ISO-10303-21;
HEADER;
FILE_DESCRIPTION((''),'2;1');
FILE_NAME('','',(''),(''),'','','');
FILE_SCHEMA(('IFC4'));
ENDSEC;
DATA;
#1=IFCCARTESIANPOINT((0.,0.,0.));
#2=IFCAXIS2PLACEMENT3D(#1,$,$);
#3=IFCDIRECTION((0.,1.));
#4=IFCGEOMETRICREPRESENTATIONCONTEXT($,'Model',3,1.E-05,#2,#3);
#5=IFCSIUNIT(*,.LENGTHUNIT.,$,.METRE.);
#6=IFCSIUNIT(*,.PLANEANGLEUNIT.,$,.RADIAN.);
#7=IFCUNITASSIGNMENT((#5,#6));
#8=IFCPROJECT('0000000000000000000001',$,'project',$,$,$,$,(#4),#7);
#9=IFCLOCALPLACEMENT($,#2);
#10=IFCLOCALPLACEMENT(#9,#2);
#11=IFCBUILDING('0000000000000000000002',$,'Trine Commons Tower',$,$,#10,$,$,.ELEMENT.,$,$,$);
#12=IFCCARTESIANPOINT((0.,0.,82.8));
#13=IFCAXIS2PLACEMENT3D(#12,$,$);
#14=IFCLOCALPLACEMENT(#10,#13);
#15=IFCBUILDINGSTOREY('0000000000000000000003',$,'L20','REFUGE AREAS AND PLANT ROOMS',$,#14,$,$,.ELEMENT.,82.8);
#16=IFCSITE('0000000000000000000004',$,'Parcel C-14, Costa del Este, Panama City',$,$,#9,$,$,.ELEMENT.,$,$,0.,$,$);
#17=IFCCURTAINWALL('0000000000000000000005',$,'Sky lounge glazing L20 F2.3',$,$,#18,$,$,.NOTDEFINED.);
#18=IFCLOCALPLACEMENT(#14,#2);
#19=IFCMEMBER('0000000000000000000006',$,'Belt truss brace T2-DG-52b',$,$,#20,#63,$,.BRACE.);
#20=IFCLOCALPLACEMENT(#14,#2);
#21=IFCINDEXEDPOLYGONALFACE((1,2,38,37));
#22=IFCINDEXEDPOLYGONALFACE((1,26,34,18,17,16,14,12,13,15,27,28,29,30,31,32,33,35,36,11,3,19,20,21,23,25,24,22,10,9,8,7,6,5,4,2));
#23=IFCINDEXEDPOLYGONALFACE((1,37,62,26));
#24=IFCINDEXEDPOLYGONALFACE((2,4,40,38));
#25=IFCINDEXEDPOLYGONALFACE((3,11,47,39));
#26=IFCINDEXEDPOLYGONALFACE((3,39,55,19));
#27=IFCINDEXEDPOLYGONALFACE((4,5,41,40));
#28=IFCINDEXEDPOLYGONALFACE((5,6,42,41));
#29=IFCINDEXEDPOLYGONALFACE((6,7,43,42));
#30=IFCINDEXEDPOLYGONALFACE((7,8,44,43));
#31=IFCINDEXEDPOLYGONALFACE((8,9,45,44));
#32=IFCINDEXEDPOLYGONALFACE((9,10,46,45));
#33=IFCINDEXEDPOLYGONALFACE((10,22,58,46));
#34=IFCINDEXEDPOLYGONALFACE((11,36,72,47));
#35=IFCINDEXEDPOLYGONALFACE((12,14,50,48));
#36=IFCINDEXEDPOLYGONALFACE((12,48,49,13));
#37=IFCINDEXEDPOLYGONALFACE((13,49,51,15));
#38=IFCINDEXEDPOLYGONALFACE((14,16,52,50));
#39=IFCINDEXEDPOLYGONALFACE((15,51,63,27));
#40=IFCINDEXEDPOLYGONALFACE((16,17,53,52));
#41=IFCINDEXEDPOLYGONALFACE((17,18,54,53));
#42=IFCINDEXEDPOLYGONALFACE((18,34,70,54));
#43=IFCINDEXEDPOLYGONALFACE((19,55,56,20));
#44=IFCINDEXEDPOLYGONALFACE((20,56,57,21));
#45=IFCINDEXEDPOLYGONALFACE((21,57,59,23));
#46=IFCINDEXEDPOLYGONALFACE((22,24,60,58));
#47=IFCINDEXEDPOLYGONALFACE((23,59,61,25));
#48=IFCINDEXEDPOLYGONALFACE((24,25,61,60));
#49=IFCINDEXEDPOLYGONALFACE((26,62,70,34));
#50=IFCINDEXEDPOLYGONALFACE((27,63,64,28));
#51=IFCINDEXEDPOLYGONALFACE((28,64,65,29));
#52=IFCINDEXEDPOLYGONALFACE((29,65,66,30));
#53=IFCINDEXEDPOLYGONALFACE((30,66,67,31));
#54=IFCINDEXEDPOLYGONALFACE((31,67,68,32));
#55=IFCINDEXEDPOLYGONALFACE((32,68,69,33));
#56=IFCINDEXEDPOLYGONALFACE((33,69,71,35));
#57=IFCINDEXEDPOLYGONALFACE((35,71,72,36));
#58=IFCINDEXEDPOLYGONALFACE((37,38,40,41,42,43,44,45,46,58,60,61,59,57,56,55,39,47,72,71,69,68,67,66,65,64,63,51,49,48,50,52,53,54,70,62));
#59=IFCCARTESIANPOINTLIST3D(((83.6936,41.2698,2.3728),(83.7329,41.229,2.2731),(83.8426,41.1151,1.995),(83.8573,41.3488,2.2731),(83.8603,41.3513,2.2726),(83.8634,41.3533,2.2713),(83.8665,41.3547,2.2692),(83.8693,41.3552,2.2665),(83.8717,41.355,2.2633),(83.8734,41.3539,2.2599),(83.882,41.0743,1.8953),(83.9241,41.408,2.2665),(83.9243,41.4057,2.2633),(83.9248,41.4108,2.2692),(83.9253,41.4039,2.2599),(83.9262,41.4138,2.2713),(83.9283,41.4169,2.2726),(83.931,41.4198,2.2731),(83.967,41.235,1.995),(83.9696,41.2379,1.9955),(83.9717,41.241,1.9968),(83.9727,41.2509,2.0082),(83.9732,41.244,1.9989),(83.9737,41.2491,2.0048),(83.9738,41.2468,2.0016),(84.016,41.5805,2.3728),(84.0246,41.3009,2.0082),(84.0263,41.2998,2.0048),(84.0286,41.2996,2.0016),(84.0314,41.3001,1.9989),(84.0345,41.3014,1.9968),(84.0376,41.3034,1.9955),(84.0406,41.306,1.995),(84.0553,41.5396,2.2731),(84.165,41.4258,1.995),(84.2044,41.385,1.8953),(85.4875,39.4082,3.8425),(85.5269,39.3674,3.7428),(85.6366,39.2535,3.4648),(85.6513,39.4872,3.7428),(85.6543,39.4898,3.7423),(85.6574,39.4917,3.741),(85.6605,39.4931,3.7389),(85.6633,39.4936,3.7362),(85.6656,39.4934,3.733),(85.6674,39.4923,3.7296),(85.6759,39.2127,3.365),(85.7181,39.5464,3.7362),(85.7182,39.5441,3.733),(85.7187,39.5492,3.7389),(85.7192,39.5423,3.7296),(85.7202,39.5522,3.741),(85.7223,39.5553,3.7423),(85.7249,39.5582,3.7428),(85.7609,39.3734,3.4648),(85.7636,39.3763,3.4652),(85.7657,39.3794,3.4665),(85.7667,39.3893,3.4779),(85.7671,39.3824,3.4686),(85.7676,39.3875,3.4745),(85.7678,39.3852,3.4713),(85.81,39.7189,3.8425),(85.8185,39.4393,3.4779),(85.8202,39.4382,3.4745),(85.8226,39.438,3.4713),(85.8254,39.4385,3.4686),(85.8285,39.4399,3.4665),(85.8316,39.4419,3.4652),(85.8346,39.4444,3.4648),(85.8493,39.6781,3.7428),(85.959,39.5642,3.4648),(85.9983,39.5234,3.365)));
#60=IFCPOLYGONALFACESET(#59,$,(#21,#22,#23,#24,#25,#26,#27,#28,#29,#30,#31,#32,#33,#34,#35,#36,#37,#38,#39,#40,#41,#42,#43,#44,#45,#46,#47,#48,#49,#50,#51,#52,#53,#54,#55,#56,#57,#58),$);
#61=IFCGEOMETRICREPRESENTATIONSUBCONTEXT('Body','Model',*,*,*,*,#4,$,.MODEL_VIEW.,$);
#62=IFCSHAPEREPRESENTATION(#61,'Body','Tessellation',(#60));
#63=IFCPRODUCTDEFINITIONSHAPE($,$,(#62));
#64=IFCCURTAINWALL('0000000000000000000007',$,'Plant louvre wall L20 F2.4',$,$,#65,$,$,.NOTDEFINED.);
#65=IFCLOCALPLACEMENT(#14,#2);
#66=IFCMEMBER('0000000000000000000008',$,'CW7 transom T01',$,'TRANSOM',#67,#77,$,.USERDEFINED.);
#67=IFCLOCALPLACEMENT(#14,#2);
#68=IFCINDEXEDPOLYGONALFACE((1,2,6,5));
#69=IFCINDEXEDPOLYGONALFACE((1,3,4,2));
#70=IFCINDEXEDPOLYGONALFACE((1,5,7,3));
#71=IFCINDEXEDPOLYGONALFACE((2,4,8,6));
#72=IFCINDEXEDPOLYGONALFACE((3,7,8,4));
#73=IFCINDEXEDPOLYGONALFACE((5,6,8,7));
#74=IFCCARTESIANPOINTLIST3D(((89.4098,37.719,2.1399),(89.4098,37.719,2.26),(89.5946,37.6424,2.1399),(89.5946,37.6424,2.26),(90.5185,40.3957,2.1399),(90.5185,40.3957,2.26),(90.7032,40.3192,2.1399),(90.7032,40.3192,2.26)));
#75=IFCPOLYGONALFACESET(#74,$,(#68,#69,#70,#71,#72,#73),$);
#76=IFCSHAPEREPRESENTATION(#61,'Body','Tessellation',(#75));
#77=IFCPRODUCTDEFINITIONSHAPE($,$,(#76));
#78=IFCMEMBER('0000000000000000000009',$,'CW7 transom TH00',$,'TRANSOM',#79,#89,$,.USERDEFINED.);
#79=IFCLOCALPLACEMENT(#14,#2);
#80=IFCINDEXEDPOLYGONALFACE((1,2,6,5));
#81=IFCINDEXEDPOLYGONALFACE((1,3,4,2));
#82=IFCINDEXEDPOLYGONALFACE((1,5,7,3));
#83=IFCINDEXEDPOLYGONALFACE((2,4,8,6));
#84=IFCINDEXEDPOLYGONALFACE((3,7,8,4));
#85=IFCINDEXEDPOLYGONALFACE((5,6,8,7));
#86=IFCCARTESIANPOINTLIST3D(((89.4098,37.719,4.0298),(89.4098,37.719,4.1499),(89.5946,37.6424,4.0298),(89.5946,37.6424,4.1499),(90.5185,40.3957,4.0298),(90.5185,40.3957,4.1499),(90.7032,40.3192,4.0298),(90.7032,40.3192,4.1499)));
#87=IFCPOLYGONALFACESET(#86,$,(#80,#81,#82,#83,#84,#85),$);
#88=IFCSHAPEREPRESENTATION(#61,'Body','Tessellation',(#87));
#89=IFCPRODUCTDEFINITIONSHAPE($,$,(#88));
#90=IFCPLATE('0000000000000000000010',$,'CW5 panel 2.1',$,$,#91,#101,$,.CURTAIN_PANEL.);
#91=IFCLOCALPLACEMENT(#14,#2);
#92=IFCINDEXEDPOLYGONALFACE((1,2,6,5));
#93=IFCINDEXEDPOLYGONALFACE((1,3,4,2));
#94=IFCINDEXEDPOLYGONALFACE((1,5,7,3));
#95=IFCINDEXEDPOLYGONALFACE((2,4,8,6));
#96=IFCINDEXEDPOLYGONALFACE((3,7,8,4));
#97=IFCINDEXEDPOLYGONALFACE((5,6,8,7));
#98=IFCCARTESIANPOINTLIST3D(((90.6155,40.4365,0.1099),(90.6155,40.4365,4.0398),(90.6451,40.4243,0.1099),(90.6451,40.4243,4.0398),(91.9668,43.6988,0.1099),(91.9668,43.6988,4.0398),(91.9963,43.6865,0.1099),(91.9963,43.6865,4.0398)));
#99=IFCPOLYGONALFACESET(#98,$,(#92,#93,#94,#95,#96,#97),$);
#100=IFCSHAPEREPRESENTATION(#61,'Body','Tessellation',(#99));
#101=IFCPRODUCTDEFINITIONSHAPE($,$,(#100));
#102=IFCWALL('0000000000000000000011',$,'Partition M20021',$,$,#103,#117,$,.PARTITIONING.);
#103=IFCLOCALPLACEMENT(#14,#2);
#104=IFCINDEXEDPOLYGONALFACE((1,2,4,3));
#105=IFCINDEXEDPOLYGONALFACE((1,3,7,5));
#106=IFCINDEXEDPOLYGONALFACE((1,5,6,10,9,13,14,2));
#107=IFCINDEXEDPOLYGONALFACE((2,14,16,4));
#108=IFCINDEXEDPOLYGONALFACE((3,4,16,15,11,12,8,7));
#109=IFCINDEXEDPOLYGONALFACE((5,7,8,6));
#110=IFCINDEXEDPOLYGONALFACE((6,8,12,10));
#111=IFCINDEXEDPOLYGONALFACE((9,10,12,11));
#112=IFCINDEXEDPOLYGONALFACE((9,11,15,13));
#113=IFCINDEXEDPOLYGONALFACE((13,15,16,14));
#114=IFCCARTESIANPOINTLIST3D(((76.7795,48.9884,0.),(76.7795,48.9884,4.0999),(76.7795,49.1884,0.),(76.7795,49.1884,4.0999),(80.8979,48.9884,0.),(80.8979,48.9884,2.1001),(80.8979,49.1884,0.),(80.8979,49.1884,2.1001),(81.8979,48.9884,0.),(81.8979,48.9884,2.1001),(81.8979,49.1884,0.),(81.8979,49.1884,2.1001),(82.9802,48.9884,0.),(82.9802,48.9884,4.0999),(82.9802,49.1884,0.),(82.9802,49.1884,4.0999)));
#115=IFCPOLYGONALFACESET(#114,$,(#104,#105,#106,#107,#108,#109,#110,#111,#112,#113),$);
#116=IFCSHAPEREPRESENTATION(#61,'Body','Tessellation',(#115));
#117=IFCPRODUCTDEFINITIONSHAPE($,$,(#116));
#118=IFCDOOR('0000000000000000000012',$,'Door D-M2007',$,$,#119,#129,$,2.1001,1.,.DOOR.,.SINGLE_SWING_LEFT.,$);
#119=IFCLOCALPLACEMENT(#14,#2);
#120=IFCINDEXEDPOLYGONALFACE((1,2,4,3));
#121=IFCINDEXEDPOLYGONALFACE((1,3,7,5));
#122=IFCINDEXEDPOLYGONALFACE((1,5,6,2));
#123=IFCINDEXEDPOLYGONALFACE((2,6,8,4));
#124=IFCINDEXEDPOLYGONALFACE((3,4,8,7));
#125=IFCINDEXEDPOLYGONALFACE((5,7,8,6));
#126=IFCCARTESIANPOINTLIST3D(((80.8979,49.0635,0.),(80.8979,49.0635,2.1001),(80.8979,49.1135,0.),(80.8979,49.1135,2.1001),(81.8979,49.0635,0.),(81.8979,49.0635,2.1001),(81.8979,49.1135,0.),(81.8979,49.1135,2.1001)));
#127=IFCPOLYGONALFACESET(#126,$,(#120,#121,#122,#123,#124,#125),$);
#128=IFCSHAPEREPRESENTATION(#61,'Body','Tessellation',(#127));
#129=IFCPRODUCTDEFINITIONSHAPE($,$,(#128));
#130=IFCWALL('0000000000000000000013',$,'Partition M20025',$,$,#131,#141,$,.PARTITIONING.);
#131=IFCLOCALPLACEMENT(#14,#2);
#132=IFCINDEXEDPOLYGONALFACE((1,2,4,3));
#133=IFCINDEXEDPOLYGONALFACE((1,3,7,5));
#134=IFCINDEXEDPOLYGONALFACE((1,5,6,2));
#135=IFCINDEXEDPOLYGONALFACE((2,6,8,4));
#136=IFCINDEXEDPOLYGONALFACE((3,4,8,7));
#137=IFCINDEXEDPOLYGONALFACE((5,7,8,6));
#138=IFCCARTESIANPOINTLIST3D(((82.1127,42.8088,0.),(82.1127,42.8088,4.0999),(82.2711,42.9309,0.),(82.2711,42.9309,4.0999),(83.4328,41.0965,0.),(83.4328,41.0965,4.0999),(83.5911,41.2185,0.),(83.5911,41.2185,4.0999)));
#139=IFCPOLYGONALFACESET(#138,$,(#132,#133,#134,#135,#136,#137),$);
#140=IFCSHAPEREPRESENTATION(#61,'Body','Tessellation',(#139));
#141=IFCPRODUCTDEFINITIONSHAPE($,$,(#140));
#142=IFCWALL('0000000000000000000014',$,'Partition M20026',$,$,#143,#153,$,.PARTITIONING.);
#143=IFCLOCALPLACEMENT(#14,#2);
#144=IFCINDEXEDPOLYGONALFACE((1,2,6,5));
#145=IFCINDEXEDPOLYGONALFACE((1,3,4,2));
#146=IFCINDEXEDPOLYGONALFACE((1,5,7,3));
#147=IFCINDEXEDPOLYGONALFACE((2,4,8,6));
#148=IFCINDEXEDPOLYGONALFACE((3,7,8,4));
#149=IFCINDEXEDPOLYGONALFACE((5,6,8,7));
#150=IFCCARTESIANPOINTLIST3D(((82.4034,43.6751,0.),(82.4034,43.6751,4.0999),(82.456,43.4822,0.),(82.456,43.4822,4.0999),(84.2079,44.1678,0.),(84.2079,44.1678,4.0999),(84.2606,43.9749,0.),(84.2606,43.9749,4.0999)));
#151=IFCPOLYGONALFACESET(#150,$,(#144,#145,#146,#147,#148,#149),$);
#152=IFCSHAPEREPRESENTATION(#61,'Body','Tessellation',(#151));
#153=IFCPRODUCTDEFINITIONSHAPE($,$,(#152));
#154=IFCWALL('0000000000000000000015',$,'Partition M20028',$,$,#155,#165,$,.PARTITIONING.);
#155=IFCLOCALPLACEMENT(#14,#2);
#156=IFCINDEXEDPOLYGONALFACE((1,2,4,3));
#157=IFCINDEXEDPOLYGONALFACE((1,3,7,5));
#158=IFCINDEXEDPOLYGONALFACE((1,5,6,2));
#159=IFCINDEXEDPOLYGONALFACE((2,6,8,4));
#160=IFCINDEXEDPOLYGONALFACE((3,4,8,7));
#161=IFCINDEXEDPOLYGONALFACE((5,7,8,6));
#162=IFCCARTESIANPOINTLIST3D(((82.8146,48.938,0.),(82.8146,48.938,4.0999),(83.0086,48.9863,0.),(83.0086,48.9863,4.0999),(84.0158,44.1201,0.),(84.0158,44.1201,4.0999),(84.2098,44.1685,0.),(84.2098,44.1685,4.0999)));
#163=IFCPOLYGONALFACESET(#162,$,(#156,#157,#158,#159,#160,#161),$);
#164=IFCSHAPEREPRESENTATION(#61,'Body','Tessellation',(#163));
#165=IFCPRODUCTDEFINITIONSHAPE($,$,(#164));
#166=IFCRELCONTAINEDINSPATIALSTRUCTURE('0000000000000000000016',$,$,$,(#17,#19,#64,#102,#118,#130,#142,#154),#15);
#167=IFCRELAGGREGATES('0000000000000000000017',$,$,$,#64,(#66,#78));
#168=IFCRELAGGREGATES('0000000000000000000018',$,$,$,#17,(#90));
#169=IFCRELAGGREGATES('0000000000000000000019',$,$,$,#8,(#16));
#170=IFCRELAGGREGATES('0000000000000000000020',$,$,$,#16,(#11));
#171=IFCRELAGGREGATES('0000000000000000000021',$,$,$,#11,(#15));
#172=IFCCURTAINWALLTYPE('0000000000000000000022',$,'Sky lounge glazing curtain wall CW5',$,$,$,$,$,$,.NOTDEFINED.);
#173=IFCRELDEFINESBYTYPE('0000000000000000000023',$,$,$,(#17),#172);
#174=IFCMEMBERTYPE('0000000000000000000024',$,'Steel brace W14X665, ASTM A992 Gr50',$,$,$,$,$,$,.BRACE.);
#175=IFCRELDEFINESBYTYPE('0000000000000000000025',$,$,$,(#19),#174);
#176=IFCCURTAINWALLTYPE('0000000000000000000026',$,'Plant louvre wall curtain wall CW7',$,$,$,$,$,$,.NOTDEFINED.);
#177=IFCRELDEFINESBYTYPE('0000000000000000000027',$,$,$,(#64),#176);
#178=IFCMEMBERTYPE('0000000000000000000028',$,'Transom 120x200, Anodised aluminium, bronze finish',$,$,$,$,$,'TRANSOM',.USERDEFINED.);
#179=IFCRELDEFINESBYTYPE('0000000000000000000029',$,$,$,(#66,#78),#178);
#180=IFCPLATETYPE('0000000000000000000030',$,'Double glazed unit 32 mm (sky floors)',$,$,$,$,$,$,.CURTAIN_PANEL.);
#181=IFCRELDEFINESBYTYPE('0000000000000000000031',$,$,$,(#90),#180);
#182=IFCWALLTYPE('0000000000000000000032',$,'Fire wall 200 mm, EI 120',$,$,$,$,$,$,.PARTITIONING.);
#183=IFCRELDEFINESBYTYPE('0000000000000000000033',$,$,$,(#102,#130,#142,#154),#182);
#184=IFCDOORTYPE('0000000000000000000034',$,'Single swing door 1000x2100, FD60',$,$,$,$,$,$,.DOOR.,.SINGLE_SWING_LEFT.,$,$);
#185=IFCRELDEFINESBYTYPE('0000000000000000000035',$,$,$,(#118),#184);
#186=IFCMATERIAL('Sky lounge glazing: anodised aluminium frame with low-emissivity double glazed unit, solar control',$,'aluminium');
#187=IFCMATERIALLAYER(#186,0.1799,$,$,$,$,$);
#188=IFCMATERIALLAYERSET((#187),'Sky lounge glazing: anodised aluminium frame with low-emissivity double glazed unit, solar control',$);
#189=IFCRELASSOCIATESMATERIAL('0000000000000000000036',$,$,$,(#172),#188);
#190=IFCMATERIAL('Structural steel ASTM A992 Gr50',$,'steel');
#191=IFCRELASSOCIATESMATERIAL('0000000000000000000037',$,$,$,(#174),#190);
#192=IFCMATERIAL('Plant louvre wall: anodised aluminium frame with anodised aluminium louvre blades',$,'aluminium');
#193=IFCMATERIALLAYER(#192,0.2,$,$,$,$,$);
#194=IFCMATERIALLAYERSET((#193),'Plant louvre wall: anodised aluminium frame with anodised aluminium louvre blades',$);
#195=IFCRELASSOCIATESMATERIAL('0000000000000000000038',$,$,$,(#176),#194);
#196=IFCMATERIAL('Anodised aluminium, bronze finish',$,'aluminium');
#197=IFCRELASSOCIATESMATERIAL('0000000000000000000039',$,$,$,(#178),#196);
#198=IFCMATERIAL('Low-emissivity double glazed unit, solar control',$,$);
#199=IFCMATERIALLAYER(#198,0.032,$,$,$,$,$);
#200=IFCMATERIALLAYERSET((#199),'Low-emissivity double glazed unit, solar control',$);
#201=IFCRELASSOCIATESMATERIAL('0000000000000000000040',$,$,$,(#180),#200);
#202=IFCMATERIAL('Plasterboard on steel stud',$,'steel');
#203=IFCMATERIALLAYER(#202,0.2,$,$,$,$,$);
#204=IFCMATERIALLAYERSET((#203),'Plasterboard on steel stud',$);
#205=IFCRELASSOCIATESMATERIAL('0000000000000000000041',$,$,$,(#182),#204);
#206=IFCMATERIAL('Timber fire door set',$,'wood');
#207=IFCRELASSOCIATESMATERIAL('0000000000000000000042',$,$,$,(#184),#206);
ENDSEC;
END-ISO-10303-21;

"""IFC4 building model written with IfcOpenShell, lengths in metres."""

from ifc_helpers import new_model, si_unit, direction, frame, frame_2d, origin, origin_2d, place, context, subcontext, project, spatial, rectangle, i_section, extrude, material, layer, layer_set, material_profile, profile_set, type_object, element, fill, aggregate, save


model = new_model("IFC4")

# Units and contexts
model_context = context("Model", 3, precision=1e-05, world=origin(), true_north=direction((0.0, 1.0)))
body_context = subcontext(model_context, "Body", "Model", "MODEL_VIEW")
ifc_project = project(units=[si_unit("LENGTHUNIT", "METRE"), si_unit("PLANEANGLEUNIT", "RADIAN")], contexts=[model_context])

# Site, building, storey
site_placement = place(None, origin())
site = spatial("IfcSite", under=ifc_project, at=site_placement, Name="Parcel C-14, Costa del Este, Panama City", CompositionType="ELEMENT", RefElevation=0.0)
building_placement = place(site_placement, origin())
building = spatial("IfcBuilding", under=site, at=building_placement, Name="Trine Commons Tower", CompositionType="ELEMENT")
storey_placement = place(building_placement, frame((0.0, 0.0, 82.8)))
storey = spatial("IfcBuildingStorey", under=building, at=storey_placement, Name="L20", Description="REFUGE AREAS AND PLANT ROOMS", CompositionType="ELEMENT", Elevation=82.8)

# Curtain wall
ifc_material_1 = material(Name="Sky lounge glazing: anodised aluminium frame with low-emissivity double glazed unit, solar control", Category="aluminium")
ifc_layer_1 = layer(ifc_material_1, 0.1799)
ifc_layer_set_1 = layer_set([ifc_layer_1], Name="Sky lounge glazing: anodised aluminium frame with low-emissivity double glazed unit, solar control")
curtain_wall_type_1 = type_object("IfcCurtainWallType", Name="Sky lounge glazing curtain wall CW5", PredefinedType="NOTDEFINED", material=ifc_layer_set_1)
curtain_wall_1_placement = place(storey_placement, origin())
curtain_wall_1 = element("IfcCurtainWall", 1, at=curtain_wall_1_placement, inside=storey, type_object=curtain_wall_type_1, Name="Sky lounge glazing L20 F2.3", PredefinedType="NOTDEFINED")
ifc_material_2 = material(Name="Anodised aluminium, bronze finish", Category="aluminium")

# Shared definitions
ifc_material_3 = material(Name="Structural steel ASTM A992 Gr50", Category="steel")

# Member
ifc_material_profile_1 = material_profile(ifc_material_3, i_section(OverallWidth=0.4478, OverallDepth=0.5493, WebThickness=0.072, FlangeThickness=0.1147, FilletRadius=0.0151, at=origin_2d()), Name="W14X665")
ifc_profile_set_1 = profile_set([ifc_material_profile_1], Name="Structural steel ASTM A992 Gr50")
member_type_1 = type_object("IfcMemberType", Name="Steel brace W14X665, ASTM A992 Gr50", PredefinedType="BRACE", material=ifc_profile_set_1)
member_1_placement = place(storey_placement, frame((83.949, 41.3274, 2.134), z_axis=(0.60324, -0.62598, 0.494217), x_axis=(0.720065, 0.693907, 0.0)))
element("IfcMember", 2, at=member_1_placement, inside=storey, type_object=member_type_1, Name="Belt truss brace T2-DG-52b", PredefinedType="BRACE", context=body_context, shape_type="SweptSolid", body=[
    extrude(i_section(OverallWidth=0.4478, OverallDepth=0.5493, WebThickness=0.072, FlangeThickness=0.1147, FilletRadius=0.0151, at=origin_2d()), origin(), (0.0, 0.0, 1.0), 2.9739),
])

# Curtain wall, members
ifc_material_4 = material(Name="Plant louvre wall: anodised aluminium frame with anodised aluminium louvre blades", Category="aluminium")
ifc_layer_2 = layer(ifc_material_4, 0.2)
ifc_layer_set_2 = layer_set([ifc_layer_2], Name="Plant louvre wall: anodised aluminium frame with anodised aluminium louvre blades")
curtain_wall_type_2 = type_object("IfcCurtainWallType", Name="Plant louvre wall curtain wall CW7", PredefinedType="NOTDEFINED", material=ifc_layer_set_2)
curtain_wall_2_placement = place(storey_placement, origin())
curtain_wall_2 = element("IfcCurtainWall", 3, at=curtain_wall_2_placement, inside=storey, type_object=curtain_wall_type_2, Name="Plant louvre wall L20 F2.4", PredefinedType="NOTDEFINED")
ifc_material_profile_2 = material_profile(ifc_material_2, rectangle(XDim=0.2, YDim=0.1201, at=origin_2d()), Name="Transom 120x200")
ifc_profile_set_2 = profile_set([ifc_material_profile_2], Name="Anodised aluminium, bronze finish")
member_type_2 = type_object("IfcMemberType", Name="Transom 120x200, Anodised aluminium, bronze finish", ElementType="TRANSOM", PredefinedType="USERDEFINED", material=ifc_profile_set_2)
member_2_placement = place(storey_placement, frame((90.6108, 40.3574, 2.2), z_axis=(-0.382652, -0.923893, 0.0), x_axis=(0.923893, -0.382652, 0.0)))
member_2 = element("IfcMember", 4, at=member_2_placement, type_object=member_type_2, Name="CW7 transom T01", ObjectType="TRANSOM", PredefinedType="USERDEFINED", context=body_context, shape_type="SweptSolid", body=[
    extrude(rectangle(XDim=0.2, YDim=0.1201, at=origin_2d()), origin(), (0.0, 0.0, 1.0), 2.8972),
])
member_3_placement = place(storey_placement, frame((90.6108, 40.3574, 4.0898), z_axis=(-0.382652, -0.923893, 0.0), x_axis=(0.923893, -0.382652, 0.0)))
member_3 = element("IfcMember", 5, at=member_3_placement, type_object=member_type_2, Name="CW7 transom TH00", ObjectType="TRANSOM", PredefinedType="USERDEFINED", context=body_context, shape_type="SweptSolid", body=[
    extrude(rectangle(XDim=0.2, YDim=0.1201, at=origin_2d()), origin(), (0.0, 0.0, 1.0), 2.8972),
])
aggregate(curtain_wall_2, [member_2, member_3])

# Plate
ifc_material_5 = material(Name="Low-emissivity double glazed unit, solar control")
ifc_layer_3 = layer(ifc_material_5, 0.032)
ifc_layer_set_3 = layer_set([ifc_layer_3], Name="Low-emissivity double glazed unit, solar control")
plate_type = type_object("IfcPlateType", Name="Double glazed unit 32 mm (sky floors)", PredefinedType="CURTAIN_PANEL", material=ifc_layer_set_3)
plate_placement = place(storey_placement, frame((91.3059, 42.0615, 0.1099), z_axis=(0.0, 0.0, 1.0), x_axis=(-0.382683, -0.92388, 0.0)))
plate = element("IfcPlate", 6, at=plate_placement, type_object=plate_type, Name="CW5 panel 2.1", PredefinedType="CURTAIN_PANEL", context=body_context, shape_type="SweptSolid", body=[
    extrude(rectangle(XDim=3.531, YDim=0.032, at=origin_2d()), origin(), (0.0, 0.0, 1.0), 3.9299),
])
aggregate(curtain_wall_1, [plate])

# Wall, opening, door
ifc_material_6 = material(Name="Plasterboard on steel stud", Category="steel")
ifc_layer_4 = layer(ifc_material_6, 0.2)
ifc_layer_set_4 = layer_set([ifc_layer_4], Name="Plasterboard on steel stud")
wall_type = type_object("IfcWallType", Name="Fire wall 200 mm, EI 120", PredefinedType="PARTITIONING", material=ifc_layer_set_4)
wall_1_placement = place(storey_placement, frame((82.9802, 49.0884, 0.0), z_axis=(0.0, 0.0, 1.0), x_axis=(-1.0, 0.0, 0.0)))
wall_1 = element("IfcWall", 7, at=wall_1_placement, inside=storey, type_object=wall_type, Name="Partition M20021", PredefinedType="PARTITIONING", context=body_context, shape_type="SweptSolid", body=[
    extrude(rectangle(XDim=6.2007, YDim=0.2, at=frame_2d((3.1003, 0.0))), origin(), (0.0, 0.0, 1.0), 4.0999),
])
opening_1_placement = place(wall_1_placement, frame((1.0823, 0.0, 0.0)))
opening_1 = element("IfcOpeningElement", 8, at=opening_1_placement, cuts=wall_1, PredefinedType="OPENING", context=body_context, shape_type="SweptSolid", body=[
    extrude(rectangle(XDim=1.0, YDim=2.1001, at=frame_2d((0.5, 1.05))), frame((0.0, 0.1099, 0.0), z_axis=(0.0, -1.0, 0.0), x_axis=(1.0, 0.0, 0.0)), (0.0, 0.0, 1.0), 0.22),
])
ifc_material_7 = material(Name="Timber fire door set", Category="wood")
door_type_1 = type_object("IfcDoorType", Name="Single swing door 1000x2100, FD60", OperationType="SINGLE_SWING_LEFT", PredefinedType="DOOR", material=ifc_material_7)
door_1_placement = place(opening_1_placement, origin())
door_1 = element("IfcDoor", 9, at=door_1_placement, inside=storey, type_object=door_type_1, Name="Door D-M2007", OperationType="SINGLE_SWING_LEFT", OverallHeight=2.1001, OverallWidth=1.0, PredefinedType="DOOR", context=body_context, shape_type="SweptSolid", body=[
    extrude(rectangle(XDim=1.0, YDim=2.1001, at=frame_2d((0.5, 1.05))), frame((0.0, 0.0249, 0.0), z_axis=(0.0, -1.0, 0.0), x_axis=(1.0, 0.0, 0.0)), (0.0, 0.0, 1.0), 0.05),
])
fill(opening_1, door_1)

# Walls
wall_2_placement = place(storey_placement, frame((82.1919, 42.8699, 0.0), z_axis=(0.0, 0.0, 1.0), x_axis=(0.610534, -0.79199, 0.0)))
element("IfcWall", 10, at=wall_2_placement, inside=storey, type_object=wall_type, Name="Partition M20025", PredefinedType="PARTITIONING", context=body_context, shape_type="SweptSolid", body=[
    extrude(rectangle(XDim=2.1621, YDim=0.2, at=frame_2d((1.0811, 0.0))), origin(), (0.0, 0.0, 1.0), 4.0999),
])
wall_3_placement = place(storey_placement, frame((82.4297, 43.5786, 0.0), z_axis=(0.0, 0.0, 1.0), x_axis=(0.964688, 0.263393, 0.0)))
element("IfcWall", 11, at=wall_3_placement, inside=storey, type_object=wall_type, Name="Partition M20026", PredefinedType="PARTITIONING", context=body_context, shape_type="SweptSolid", body=[
    extrude(rectangle(XDim=1.8706, YDim=0.2, at=frame_2d((0.9353, 0.0))), origin(), (0.0, 0.0, 1.0), 4.0999),
])
wall_4_placement = place(storey_placement, frame((82.9116, 48.9622, 0.0), z_axis=(0.0, 0.0, 1.0), x_axis=(0.241911, -0.970298, 0.0)))
element("IfcWall", 12, at=wall_4_placement, inside=storey, type_object=wall_type, Name="Partition M20028", PredefinedType="PARTITIONING", context=body_context, shape_type="SweptSolid", body=[
    extrude(rectangle(XDim=4.9653, YDim=0.2, at=frame_2d((2.4827, 0.0))), origin(), (0.0, 0.0, 1.0), 4.0999),
])

save(model, "model.ifc")
